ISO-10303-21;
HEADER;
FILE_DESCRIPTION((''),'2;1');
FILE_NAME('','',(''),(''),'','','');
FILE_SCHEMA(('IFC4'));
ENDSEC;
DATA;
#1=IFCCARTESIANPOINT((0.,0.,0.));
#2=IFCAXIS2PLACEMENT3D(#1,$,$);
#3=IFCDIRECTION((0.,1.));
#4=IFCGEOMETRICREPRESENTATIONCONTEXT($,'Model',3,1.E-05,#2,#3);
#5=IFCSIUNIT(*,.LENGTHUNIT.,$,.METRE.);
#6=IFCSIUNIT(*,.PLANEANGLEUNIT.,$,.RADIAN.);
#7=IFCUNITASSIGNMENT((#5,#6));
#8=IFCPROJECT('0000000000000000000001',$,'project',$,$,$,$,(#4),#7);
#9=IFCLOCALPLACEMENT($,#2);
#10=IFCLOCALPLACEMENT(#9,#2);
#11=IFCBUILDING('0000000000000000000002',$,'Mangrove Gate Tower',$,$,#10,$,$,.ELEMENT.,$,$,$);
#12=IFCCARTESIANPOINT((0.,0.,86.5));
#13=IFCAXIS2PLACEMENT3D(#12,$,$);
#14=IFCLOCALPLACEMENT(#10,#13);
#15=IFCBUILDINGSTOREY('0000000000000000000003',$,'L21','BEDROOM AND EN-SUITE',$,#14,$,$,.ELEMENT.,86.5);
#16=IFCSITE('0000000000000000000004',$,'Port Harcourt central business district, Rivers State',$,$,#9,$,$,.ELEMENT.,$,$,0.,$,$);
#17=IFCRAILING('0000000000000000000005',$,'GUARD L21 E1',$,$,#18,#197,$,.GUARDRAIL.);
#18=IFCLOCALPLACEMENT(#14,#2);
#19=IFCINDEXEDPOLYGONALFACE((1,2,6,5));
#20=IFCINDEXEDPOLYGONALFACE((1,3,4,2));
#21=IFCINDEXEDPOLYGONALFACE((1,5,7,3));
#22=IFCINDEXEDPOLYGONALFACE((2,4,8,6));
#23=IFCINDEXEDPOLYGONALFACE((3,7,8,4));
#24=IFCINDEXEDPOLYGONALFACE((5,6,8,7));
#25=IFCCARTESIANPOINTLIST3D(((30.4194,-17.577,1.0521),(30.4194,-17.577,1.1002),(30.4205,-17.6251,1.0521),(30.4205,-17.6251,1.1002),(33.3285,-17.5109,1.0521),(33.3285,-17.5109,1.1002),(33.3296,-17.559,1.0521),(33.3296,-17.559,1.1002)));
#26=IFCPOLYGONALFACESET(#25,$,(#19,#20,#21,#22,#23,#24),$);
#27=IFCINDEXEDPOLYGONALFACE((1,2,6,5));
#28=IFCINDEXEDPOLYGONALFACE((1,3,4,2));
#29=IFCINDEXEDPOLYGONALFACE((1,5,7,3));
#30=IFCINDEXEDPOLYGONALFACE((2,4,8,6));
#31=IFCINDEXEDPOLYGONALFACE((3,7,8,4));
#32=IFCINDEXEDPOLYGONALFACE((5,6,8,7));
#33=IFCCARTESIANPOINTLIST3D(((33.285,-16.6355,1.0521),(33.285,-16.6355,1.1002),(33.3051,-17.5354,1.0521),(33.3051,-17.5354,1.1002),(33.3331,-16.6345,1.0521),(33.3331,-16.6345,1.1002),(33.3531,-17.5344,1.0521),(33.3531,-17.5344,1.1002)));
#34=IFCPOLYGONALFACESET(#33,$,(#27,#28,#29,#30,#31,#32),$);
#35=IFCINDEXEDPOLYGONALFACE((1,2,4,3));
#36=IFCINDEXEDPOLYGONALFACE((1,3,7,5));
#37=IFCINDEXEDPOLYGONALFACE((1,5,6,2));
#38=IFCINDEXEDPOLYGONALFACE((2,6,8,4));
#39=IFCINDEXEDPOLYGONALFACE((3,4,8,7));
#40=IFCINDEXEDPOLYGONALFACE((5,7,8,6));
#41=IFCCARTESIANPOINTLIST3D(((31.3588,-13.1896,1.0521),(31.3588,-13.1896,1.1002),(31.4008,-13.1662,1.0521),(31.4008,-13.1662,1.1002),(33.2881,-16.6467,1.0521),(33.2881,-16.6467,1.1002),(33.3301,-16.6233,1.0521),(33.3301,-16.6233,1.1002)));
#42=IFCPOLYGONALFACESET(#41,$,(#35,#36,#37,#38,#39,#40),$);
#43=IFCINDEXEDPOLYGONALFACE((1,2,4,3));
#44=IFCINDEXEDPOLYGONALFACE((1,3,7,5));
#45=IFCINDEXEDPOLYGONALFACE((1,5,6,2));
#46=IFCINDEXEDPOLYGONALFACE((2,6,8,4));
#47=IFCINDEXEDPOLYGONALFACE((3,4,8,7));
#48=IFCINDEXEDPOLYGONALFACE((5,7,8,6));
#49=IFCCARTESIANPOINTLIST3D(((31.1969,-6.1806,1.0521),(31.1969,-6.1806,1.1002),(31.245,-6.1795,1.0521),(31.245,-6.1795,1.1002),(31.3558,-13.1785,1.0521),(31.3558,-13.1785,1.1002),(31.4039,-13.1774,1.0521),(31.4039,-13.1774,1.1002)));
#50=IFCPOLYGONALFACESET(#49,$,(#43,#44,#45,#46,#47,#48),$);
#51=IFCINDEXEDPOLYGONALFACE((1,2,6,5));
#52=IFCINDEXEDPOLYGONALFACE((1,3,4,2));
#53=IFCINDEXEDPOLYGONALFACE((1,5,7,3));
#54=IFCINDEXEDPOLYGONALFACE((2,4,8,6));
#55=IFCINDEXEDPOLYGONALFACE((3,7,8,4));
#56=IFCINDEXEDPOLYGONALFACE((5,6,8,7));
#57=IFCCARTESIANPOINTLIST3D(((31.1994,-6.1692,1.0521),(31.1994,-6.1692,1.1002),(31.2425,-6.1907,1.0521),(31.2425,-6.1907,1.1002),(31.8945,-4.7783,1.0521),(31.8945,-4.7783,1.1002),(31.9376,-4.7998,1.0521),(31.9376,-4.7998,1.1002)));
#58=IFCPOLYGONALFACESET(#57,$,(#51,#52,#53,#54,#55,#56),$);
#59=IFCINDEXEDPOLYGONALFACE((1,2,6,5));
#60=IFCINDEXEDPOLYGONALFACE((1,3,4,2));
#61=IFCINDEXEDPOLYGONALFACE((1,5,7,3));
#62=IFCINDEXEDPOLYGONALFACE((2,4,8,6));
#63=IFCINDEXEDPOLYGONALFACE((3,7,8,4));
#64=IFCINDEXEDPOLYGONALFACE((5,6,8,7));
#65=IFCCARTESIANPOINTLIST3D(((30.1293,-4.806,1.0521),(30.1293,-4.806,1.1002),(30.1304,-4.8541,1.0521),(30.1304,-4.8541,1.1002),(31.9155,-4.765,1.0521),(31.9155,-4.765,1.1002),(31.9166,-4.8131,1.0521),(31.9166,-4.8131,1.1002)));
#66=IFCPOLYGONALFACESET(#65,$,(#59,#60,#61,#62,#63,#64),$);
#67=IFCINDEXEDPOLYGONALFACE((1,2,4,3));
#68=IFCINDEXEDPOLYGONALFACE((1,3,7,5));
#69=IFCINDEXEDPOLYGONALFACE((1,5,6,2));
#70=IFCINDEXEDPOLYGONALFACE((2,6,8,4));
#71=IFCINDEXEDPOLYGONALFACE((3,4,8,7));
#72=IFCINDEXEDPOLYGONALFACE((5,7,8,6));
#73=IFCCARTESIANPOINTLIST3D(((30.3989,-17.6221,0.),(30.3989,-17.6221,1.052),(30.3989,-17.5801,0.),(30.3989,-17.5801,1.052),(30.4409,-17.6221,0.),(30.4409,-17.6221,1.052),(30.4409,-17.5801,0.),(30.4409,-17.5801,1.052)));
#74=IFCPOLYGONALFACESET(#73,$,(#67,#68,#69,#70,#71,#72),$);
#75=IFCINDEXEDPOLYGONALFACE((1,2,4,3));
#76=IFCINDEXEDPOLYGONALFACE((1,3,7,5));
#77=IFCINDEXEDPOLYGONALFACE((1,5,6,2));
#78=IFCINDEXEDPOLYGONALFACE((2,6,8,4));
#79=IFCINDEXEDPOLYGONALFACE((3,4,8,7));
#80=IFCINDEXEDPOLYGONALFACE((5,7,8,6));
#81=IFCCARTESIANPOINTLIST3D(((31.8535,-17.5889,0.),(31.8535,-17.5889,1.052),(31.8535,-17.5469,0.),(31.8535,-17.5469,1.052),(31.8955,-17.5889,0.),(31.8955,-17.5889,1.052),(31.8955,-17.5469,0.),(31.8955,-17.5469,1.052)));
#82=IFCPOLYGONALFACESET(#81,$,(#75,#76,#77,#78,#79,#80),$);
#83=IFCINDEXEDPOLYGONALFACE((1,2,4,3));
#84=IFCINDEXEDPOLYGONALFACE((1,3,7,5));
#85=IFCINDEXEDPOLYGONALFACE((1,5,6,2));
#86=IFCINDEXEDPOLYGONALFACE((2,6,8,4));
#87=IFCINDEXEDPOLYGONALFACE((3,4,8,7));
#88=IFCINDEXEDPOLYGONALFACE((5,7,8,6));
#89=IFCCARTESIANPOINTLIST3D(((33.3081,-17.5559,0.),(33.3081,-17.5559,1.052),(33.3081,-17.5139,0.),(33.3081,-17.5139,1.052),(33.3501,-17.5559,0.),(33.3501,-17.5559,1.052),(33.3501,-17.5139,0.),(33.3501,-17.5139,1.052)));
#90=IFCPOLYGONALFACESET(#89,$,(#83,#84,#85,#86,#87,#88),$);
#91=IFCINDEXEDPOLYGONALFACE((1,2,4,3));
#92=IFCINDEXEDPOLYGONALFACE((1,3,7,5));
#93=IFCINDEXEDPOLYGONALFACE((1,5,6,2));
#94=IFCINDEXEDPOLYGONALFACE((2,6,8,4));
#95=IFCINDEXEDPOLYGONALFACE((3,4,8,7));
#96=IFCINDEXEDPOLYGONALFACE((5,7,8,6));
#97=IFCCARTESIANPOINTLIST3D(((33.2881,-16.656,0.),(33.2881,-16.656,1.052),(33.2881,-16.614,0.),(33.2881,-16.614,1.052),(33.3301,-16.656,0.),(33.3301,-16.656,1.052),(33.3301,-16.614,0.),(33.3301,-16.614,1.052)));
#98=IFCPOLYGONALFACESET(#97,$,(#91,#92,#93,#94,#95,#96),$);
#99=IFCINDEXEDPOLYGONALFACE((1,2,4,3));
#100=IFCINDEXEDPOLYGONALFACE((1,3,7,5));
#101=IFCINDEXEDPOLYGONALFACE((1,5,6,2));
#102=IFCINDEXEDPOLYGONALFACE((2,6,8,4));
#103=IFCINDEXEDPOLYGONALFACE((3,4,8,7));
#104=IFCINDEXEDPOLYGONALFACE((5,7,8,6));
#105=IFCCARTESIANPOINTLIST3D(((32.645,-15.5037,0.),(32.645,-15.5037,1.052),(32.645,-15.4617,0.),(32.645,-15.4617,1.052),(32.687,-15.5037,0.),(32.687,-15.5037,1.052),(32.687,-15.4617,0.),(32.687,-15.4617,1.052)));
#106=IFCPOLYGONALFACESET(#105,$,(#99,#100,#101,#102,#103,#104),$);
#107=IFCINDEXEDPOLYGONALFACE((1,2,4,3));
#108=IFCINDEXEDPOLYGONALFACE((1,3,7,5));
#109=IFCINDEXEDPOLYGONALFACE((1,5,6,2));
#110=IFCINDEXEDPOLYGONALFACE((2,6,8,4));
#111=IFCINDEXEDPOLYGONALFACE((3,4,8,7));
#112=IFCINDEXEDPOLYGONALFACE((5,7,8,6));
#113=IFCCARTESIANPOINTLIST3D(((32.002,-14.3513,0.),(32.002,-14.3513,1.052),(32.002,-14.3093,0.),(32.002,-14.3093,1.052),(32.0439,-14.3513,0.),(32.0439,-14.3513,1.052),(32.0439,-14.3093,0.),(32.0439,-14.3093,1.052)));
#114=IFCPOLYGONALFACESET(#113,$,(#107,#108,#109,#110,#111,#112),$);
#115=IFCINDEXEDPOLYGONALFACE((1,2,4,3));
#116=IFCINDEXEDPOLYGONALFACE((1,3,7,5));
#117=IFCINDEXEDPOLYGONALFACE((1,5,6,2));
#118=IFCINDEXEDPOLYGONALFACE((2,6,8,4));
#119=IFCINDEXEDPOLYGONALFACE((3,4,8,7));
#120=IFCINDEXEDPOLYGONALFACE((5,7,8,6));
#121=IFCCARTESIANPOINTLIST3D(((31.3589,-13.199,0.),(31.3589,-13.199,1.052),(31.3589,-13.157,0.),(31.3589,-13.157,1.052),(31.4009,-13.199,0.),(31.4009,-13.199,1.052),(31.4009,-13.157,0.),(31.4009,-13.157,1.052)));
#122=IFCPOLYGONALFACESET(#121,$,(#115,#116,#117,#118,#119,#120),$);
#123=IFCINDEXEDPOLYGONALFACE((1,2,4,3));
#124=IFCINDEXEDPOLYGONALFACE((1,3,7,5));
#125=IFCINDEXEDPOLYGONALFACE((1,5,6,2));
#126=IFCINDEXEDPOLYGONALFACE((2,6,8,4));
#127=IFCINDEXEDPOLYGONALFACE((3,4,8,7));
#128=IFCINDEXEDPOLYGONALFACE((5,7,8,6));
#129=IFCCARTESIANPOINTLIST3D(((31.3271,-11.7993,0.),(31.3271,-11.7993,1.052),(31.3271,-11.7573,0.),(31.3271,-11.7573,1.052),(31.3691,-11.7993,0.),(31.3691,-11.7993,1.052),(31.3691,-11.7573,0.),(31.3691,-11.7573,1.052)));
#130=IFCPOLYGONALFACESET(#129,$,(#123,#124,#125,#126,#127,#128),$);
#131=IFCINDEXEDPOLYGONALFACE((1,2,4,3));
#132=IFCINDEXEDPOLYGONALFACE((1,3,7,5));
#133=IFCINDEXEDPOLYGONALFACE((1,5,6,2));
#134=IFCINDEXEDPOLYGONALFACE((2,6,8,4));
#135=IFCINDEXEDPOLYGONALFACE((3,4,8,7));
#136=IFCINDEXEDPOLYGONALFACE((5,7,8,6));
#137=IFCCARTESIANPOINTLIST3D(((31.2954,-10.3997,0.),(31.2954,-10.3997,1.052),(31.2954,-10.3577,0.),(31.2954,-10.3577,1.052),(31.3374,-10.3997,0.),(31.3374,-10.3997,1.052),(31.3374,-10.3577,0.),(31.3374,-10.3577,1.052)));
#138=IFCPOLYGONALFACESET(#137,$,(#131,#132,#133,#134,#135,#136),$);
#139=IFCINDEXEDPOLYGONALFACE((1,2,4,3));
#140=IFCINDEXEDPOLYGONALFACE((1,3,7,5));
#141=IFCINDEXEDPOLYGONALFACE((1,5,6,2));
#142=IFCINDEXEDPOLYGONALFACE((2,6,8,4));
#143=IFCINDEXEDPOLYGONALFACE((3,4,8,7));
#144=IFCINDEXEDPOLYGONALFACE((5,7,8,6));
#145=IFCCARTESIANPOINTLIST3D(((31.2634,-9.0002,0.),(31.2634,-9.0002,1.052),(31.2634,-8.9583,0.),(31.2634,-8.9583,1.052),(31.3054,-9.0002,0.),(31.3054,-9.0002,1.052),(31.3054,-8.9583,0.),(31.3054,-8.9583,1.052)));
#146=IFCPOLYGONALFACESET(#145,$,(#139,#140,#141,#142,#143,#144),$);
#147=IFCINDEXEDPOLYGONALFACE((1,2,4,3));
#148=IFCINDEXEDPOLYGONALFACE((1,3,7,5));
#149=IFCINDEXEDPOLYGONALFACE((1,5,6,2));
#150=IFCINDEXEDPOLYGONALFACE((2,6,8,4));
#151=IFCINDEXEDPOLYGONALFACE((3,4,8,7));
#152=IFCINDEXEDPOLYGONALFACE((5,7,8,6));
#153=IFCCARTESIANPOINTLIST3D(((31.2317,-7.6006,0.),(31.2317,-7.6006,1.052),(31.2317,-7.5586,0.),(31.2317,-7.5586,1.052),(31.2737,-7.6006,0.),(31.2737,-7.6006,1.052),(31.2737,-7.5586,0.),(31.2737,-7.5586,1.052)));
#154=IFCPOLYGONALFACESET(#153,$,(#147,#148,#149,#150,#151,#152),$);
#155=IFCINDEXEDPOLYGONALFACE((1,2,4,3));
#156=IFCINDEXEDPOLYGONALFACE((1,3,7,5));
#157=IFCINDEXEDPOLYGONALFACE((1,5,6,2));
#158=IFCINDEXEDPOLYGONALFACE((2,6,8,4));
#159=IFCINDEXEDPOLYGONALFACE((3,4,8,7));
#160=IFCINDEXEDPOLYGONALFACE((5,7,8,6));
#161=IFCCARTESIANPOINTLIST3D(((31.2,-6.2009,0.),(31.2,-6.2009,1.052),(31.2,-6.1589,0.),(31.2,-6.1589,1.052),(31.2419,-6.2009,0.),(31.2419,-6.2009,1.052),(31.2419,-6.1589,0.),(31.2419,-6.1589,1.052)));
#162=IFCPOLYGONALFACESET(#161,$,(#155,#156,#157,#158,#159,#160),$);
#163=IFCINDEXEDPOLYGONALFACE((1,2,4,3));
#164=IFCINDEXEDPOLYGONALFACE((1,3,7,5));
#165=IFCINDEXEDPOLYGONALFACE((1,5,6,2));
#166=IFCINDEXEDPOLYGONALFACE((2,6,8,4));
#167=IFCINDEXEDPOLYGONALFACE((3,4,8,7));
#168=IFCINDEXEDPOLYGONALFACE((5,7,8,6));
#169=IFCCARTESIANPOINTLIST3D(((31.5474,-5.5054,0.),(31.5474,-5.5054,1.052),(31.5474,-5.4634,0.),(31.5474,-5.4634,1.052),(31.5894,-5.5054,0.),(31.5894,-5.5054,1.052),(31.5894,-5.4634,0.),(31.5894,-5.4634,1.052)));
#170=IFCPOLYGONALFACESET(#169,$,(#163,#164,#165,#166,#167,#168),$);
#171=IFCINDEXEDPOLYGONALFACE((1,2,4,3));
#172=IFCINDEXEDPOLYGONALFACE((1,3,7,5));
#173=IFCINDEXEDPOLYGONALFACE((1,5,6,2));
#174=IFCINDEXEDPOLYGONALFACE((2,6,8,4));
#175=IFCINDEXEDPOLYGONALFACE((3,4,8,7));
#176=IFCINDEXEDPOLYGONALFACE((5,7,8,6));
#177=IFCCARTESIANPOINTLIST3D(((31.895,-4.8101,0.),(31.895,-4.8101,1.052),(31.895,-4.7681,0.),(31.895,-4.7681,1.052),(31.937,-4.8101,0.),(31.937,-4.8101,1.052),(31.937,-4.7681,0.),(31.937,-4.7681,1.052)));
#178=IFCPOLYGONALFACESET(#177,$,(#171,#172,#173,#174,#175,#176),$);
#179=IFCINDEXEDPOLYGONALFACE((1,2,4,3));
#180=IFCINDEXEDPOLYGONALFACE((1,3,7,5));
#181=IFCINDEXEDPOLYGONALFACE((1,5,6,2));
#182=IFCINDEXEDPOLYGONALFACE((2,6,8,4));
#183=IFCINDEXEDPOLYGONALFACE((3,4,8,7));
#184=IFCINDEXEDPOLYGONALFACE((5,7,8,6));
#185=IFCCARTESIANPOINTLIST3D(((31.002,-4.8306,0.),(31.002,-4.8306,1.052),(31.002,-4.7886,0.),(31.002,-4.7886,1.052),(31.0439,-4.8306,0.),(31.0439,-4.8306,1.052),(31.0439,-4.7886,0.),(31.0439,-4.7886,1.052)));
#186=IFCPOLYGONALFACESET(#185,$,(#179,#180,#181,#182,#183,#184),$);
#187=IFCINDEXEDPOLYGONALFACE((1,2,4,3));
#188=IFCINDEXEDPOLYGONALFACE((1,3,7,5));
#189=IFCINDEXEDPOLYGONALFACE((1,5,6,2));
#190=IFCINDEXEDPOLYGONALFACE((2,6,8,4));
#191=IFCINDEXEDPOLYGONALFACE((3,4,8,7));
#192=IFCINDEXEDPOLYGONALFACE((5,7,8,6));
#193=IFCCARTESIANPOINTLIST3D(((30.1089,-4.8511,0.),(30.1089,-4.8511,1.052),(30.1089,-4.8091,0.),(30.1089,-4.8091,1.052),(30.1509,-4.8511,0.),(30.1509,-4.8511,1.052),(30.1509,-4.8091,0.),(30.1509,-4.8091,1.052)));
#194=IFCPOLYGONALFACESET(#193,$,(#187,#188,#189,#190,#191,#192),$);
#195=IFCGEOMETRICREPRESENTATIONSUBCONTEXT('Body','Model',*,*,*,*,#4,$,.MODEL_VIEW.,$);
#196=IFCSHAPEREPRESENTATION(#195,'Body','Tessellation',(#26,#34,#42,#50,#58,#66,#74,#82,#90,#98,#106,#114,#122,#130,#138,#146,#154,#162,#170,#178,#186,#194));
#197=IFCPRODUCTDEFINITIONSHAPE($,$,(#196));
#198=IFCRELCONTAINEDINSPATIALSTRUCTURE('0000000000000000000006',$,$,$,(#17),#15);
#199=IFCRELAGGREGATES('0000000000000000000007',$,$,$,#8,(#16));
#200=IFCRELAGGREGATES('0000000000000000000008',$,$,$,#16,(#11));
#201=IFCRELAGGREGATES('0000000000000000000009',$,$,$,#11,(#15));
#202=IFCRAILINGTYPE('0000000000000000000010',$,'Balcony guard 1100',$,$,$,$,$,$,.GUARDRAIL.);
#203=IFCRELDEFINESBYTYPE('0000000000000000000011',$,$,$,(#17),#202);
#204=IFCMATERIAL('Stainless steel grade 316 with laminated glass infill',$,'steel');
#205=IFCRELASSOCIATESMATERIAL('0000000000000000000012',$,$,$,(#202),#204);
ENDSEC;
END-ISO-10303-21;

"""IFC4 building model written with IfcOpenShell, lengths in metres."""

from ifc_helpers import new_model, si_unit, direction, frame, origin, origin_2d, place, context, subcontext, project, spatial, rectangle, extrude, material, type_object, element, save


model = new_model("IFC4")

# Units and contexts
model_context = context("Model", 3, precision=1e-05, world=origin(), true_north=direction((0.0, 1.0)))
body_context = subcontext(model_context, "Body", "Model", "MODEL_VIEW")
ifc_project = project(units=[si_unit("LENGTHUNIT", "METRE"), si_unit("PLANEANGLEUNIT", "RADIAN")], contexts=[model_context])

# Site, building, storey
site_placement = place(None, origin())
site = spatial("IfcSite", under=ifc_project, at=site_placement, Name="Port Harcourt central business district, Rivers State", CompositionType="ELEMENT", RefElevation=0.0)
building_placement = place(site_placement, origin())
building = spatial("IfcBuilding", under=site, at=building_placement, Name="Mangrove Gate Tower", CompositionType="ELEMENT")
storey_placement = place(building_placement, frame((0.0, 0.0, 86.5)))
storey = spatial("IfcBuildingStorey", under=building, at=storey_placement, Name="L21", Description="BEDROOM AND EN-SUITE", CompositionType="ELEMENT", Elevation=86.5)

# Railing
ifc_material_1 = material(Name="Stainless steel grade 316 with laminated glass infill", Category="steel")
railing_type = type_object("IfcRailingType", Name="Balcony guard 1100", PredefinedType="GUARDRAIL", material=ifc_material_1)
railing_placement = place(storey_placement, frame((30.4199, -17.6011, 0.0)))
element("IfcRailing", 1, at=railing_placement, inside=storey, type_object=railing_type, Name="GUARD L21 E1", PredefinedType="GUARDRAIL", context=body_context, shape_type="SweptSolid", body=[
    extrude(rectangle(XDim=0.0481, YDim=0.0481, at=origin_2d()), frame((0.0, 0.0, 1.0762), z_axis=(0.999741, 0.022737, 0.0), x_axis=(-0.022737, 0.999741, 0.0)), (0.0, 0.0, 1.0), 2.9099),
    extrude(rectangle(XDim=0.0481, YDim=0.0481, at=origin_2d()), frame((2.9092, 0.0662, 1.0762), z_axis=(-0.022241, 0.999753, 0.0), x_axis=(-0.999753, -0.022241, 0.0)), (0.0, 0.0, 1.0), 0.9001),
    extrude(rectangle(XDim=0.0481, YDim=0.0481, at=origin_2d()), frame((2.8892, 0.9661, 1.0762), z_axis=(-0.487307, 0.873231, 0.0), x_axis=(-0.873231, -0.487307, 0.0)), (0.0, 0.0, 1.0), 3.959),
    extrude(rectangle(XDim=0.0481, YDim=0.0481, at=origin_2d()), frame((0.96, 4.4231, 1.0762), z_axis=(-0.022706, 0.999742, 0.0), x_axis=(-0.999742, -0.022706, 0.0)), (0.0, 0.0, 1.0), 6.9998),
    extrude(rectangle(XDim=0.0481, YDim=0.0481, at=origin_2d()), frame((0.801, 11.4211, 1.0762), z_axis=(0.447025, 0.894521, 0.0), x_axis=(-0.894521, 0.447025, 0.0)), (0.0, 0.0, 1.0), 1.5549),
    extrude(rectangle(XDim=0.0481, YDim=0.0481, at=origin_2d()), frame((1.4961, 12.812, 1.0762), z_axis=(-0.999736, -0.022957, 0.0), x_axis=(0.022957, -0.999736, 0.0)), (0.0, 0.0, 1.0), 1.7866),
    extrude(rectangle(XDim=0.042, YDim=0.042, at=origin_2d()), origin(), (0.0, 0.0, 1.0), 1.052),
    extrude(rectangle(XDim=0.042, YDim=0.042, at=origin_2d()), frame((1.4546, 0.0332, 0.0)), (0.0, 0.0, 1.0), 1.052),
    extrude(rectangle(XDim=0.042, YDim=0.042, at=origin_2d()), frame((2.9092, 0.0662, 0.0)), (0.0, 0.0, 1.0), 1.052),
    extrude(rectangle(XDim=0.042, YDim=0.042, at=origin_2d()), frame((2.8892, 0.9661, 0.0)), (0.0, 0.0, 1.0), 1.052),
    extrude(rectangle(XDim=0.042, YDim=0.042, at=origin_2d()), frame((2.2461, 2.1184, 0.0)), (0.0, 0.0, 1.0), 1.052),
    extrude(rectangle(XDim=0.042, YDim=0.042, at=origin_2d()), frame((1.603, 3.2708, 0.0)), (0.0, 0.0, 1.0), 1.052),
    extrude(rectangle(XDim=0.042, YDim=0.042, at=origin_2d()), frame((0.96, 4.4231, 0.0)), (0.0, 0.0, 1.0), 1.052),
    extrude(rectangle(XDim=0.042, YDim=0.042, at=origin_2d()), frame((0.9282, 5.8228, 0.0)), (0.0, 0.0, 1.0), 1.052),
    extrude(rectangle(XDim=0.042, YDim=0.042, at=origin_2d()), frame((0.8965, 7.2224, 0.0)), (0.0, 0.0, 1.0), 1.052),
    extrude(rectangle(XDim=0.042, YDim=0.042, at=origin_2d()), frame((0.8645, 8.6218, 0.0)), (0.0, 0.0, 1.0), 1.052),
    extrude(rectangle(XDim=0.042, YDim=0.042, at=origin_2d()), frame((0.8328, 10.0215, 0.0)), (0.0, 0.0, 1.0), 1.052),
    extrude(rectangle(XDim=0.042, YDim=0.042, at=origin_2d()), frame((0.801, 11.4211, 0.0)), (0.0, 0.0, 1.0), 1.052),
    extrude(rectangle(XDim=0.042, YDim=0.042, at=origin_2d()), frame((1.1484, 12.1167, 0.0)), (0.0, 0.0, 1.0), 1.052),
    extrude(rectangle(XDim=0.042, YDim=0.042, at=origin_2d()), frame((1.4961, 12.812, 0.0)), (0.0, 0.0, 1.0), 1.052),
    extrude(rectangle(XDim=0.042, YDim=0.042, at=origin_2d()), frame((0.603, 12.7915, 0.0)), (0.0, 0.0, 1.0), 1.052),
    extrude(rectangle(XDim=0.042, YDim=0.042, at=origin_2d()), frame((-0.29, 12.771, 0.0)), (0.0, 0.0, 1.0), 1.052),
])

save(model, "model.ifc")
